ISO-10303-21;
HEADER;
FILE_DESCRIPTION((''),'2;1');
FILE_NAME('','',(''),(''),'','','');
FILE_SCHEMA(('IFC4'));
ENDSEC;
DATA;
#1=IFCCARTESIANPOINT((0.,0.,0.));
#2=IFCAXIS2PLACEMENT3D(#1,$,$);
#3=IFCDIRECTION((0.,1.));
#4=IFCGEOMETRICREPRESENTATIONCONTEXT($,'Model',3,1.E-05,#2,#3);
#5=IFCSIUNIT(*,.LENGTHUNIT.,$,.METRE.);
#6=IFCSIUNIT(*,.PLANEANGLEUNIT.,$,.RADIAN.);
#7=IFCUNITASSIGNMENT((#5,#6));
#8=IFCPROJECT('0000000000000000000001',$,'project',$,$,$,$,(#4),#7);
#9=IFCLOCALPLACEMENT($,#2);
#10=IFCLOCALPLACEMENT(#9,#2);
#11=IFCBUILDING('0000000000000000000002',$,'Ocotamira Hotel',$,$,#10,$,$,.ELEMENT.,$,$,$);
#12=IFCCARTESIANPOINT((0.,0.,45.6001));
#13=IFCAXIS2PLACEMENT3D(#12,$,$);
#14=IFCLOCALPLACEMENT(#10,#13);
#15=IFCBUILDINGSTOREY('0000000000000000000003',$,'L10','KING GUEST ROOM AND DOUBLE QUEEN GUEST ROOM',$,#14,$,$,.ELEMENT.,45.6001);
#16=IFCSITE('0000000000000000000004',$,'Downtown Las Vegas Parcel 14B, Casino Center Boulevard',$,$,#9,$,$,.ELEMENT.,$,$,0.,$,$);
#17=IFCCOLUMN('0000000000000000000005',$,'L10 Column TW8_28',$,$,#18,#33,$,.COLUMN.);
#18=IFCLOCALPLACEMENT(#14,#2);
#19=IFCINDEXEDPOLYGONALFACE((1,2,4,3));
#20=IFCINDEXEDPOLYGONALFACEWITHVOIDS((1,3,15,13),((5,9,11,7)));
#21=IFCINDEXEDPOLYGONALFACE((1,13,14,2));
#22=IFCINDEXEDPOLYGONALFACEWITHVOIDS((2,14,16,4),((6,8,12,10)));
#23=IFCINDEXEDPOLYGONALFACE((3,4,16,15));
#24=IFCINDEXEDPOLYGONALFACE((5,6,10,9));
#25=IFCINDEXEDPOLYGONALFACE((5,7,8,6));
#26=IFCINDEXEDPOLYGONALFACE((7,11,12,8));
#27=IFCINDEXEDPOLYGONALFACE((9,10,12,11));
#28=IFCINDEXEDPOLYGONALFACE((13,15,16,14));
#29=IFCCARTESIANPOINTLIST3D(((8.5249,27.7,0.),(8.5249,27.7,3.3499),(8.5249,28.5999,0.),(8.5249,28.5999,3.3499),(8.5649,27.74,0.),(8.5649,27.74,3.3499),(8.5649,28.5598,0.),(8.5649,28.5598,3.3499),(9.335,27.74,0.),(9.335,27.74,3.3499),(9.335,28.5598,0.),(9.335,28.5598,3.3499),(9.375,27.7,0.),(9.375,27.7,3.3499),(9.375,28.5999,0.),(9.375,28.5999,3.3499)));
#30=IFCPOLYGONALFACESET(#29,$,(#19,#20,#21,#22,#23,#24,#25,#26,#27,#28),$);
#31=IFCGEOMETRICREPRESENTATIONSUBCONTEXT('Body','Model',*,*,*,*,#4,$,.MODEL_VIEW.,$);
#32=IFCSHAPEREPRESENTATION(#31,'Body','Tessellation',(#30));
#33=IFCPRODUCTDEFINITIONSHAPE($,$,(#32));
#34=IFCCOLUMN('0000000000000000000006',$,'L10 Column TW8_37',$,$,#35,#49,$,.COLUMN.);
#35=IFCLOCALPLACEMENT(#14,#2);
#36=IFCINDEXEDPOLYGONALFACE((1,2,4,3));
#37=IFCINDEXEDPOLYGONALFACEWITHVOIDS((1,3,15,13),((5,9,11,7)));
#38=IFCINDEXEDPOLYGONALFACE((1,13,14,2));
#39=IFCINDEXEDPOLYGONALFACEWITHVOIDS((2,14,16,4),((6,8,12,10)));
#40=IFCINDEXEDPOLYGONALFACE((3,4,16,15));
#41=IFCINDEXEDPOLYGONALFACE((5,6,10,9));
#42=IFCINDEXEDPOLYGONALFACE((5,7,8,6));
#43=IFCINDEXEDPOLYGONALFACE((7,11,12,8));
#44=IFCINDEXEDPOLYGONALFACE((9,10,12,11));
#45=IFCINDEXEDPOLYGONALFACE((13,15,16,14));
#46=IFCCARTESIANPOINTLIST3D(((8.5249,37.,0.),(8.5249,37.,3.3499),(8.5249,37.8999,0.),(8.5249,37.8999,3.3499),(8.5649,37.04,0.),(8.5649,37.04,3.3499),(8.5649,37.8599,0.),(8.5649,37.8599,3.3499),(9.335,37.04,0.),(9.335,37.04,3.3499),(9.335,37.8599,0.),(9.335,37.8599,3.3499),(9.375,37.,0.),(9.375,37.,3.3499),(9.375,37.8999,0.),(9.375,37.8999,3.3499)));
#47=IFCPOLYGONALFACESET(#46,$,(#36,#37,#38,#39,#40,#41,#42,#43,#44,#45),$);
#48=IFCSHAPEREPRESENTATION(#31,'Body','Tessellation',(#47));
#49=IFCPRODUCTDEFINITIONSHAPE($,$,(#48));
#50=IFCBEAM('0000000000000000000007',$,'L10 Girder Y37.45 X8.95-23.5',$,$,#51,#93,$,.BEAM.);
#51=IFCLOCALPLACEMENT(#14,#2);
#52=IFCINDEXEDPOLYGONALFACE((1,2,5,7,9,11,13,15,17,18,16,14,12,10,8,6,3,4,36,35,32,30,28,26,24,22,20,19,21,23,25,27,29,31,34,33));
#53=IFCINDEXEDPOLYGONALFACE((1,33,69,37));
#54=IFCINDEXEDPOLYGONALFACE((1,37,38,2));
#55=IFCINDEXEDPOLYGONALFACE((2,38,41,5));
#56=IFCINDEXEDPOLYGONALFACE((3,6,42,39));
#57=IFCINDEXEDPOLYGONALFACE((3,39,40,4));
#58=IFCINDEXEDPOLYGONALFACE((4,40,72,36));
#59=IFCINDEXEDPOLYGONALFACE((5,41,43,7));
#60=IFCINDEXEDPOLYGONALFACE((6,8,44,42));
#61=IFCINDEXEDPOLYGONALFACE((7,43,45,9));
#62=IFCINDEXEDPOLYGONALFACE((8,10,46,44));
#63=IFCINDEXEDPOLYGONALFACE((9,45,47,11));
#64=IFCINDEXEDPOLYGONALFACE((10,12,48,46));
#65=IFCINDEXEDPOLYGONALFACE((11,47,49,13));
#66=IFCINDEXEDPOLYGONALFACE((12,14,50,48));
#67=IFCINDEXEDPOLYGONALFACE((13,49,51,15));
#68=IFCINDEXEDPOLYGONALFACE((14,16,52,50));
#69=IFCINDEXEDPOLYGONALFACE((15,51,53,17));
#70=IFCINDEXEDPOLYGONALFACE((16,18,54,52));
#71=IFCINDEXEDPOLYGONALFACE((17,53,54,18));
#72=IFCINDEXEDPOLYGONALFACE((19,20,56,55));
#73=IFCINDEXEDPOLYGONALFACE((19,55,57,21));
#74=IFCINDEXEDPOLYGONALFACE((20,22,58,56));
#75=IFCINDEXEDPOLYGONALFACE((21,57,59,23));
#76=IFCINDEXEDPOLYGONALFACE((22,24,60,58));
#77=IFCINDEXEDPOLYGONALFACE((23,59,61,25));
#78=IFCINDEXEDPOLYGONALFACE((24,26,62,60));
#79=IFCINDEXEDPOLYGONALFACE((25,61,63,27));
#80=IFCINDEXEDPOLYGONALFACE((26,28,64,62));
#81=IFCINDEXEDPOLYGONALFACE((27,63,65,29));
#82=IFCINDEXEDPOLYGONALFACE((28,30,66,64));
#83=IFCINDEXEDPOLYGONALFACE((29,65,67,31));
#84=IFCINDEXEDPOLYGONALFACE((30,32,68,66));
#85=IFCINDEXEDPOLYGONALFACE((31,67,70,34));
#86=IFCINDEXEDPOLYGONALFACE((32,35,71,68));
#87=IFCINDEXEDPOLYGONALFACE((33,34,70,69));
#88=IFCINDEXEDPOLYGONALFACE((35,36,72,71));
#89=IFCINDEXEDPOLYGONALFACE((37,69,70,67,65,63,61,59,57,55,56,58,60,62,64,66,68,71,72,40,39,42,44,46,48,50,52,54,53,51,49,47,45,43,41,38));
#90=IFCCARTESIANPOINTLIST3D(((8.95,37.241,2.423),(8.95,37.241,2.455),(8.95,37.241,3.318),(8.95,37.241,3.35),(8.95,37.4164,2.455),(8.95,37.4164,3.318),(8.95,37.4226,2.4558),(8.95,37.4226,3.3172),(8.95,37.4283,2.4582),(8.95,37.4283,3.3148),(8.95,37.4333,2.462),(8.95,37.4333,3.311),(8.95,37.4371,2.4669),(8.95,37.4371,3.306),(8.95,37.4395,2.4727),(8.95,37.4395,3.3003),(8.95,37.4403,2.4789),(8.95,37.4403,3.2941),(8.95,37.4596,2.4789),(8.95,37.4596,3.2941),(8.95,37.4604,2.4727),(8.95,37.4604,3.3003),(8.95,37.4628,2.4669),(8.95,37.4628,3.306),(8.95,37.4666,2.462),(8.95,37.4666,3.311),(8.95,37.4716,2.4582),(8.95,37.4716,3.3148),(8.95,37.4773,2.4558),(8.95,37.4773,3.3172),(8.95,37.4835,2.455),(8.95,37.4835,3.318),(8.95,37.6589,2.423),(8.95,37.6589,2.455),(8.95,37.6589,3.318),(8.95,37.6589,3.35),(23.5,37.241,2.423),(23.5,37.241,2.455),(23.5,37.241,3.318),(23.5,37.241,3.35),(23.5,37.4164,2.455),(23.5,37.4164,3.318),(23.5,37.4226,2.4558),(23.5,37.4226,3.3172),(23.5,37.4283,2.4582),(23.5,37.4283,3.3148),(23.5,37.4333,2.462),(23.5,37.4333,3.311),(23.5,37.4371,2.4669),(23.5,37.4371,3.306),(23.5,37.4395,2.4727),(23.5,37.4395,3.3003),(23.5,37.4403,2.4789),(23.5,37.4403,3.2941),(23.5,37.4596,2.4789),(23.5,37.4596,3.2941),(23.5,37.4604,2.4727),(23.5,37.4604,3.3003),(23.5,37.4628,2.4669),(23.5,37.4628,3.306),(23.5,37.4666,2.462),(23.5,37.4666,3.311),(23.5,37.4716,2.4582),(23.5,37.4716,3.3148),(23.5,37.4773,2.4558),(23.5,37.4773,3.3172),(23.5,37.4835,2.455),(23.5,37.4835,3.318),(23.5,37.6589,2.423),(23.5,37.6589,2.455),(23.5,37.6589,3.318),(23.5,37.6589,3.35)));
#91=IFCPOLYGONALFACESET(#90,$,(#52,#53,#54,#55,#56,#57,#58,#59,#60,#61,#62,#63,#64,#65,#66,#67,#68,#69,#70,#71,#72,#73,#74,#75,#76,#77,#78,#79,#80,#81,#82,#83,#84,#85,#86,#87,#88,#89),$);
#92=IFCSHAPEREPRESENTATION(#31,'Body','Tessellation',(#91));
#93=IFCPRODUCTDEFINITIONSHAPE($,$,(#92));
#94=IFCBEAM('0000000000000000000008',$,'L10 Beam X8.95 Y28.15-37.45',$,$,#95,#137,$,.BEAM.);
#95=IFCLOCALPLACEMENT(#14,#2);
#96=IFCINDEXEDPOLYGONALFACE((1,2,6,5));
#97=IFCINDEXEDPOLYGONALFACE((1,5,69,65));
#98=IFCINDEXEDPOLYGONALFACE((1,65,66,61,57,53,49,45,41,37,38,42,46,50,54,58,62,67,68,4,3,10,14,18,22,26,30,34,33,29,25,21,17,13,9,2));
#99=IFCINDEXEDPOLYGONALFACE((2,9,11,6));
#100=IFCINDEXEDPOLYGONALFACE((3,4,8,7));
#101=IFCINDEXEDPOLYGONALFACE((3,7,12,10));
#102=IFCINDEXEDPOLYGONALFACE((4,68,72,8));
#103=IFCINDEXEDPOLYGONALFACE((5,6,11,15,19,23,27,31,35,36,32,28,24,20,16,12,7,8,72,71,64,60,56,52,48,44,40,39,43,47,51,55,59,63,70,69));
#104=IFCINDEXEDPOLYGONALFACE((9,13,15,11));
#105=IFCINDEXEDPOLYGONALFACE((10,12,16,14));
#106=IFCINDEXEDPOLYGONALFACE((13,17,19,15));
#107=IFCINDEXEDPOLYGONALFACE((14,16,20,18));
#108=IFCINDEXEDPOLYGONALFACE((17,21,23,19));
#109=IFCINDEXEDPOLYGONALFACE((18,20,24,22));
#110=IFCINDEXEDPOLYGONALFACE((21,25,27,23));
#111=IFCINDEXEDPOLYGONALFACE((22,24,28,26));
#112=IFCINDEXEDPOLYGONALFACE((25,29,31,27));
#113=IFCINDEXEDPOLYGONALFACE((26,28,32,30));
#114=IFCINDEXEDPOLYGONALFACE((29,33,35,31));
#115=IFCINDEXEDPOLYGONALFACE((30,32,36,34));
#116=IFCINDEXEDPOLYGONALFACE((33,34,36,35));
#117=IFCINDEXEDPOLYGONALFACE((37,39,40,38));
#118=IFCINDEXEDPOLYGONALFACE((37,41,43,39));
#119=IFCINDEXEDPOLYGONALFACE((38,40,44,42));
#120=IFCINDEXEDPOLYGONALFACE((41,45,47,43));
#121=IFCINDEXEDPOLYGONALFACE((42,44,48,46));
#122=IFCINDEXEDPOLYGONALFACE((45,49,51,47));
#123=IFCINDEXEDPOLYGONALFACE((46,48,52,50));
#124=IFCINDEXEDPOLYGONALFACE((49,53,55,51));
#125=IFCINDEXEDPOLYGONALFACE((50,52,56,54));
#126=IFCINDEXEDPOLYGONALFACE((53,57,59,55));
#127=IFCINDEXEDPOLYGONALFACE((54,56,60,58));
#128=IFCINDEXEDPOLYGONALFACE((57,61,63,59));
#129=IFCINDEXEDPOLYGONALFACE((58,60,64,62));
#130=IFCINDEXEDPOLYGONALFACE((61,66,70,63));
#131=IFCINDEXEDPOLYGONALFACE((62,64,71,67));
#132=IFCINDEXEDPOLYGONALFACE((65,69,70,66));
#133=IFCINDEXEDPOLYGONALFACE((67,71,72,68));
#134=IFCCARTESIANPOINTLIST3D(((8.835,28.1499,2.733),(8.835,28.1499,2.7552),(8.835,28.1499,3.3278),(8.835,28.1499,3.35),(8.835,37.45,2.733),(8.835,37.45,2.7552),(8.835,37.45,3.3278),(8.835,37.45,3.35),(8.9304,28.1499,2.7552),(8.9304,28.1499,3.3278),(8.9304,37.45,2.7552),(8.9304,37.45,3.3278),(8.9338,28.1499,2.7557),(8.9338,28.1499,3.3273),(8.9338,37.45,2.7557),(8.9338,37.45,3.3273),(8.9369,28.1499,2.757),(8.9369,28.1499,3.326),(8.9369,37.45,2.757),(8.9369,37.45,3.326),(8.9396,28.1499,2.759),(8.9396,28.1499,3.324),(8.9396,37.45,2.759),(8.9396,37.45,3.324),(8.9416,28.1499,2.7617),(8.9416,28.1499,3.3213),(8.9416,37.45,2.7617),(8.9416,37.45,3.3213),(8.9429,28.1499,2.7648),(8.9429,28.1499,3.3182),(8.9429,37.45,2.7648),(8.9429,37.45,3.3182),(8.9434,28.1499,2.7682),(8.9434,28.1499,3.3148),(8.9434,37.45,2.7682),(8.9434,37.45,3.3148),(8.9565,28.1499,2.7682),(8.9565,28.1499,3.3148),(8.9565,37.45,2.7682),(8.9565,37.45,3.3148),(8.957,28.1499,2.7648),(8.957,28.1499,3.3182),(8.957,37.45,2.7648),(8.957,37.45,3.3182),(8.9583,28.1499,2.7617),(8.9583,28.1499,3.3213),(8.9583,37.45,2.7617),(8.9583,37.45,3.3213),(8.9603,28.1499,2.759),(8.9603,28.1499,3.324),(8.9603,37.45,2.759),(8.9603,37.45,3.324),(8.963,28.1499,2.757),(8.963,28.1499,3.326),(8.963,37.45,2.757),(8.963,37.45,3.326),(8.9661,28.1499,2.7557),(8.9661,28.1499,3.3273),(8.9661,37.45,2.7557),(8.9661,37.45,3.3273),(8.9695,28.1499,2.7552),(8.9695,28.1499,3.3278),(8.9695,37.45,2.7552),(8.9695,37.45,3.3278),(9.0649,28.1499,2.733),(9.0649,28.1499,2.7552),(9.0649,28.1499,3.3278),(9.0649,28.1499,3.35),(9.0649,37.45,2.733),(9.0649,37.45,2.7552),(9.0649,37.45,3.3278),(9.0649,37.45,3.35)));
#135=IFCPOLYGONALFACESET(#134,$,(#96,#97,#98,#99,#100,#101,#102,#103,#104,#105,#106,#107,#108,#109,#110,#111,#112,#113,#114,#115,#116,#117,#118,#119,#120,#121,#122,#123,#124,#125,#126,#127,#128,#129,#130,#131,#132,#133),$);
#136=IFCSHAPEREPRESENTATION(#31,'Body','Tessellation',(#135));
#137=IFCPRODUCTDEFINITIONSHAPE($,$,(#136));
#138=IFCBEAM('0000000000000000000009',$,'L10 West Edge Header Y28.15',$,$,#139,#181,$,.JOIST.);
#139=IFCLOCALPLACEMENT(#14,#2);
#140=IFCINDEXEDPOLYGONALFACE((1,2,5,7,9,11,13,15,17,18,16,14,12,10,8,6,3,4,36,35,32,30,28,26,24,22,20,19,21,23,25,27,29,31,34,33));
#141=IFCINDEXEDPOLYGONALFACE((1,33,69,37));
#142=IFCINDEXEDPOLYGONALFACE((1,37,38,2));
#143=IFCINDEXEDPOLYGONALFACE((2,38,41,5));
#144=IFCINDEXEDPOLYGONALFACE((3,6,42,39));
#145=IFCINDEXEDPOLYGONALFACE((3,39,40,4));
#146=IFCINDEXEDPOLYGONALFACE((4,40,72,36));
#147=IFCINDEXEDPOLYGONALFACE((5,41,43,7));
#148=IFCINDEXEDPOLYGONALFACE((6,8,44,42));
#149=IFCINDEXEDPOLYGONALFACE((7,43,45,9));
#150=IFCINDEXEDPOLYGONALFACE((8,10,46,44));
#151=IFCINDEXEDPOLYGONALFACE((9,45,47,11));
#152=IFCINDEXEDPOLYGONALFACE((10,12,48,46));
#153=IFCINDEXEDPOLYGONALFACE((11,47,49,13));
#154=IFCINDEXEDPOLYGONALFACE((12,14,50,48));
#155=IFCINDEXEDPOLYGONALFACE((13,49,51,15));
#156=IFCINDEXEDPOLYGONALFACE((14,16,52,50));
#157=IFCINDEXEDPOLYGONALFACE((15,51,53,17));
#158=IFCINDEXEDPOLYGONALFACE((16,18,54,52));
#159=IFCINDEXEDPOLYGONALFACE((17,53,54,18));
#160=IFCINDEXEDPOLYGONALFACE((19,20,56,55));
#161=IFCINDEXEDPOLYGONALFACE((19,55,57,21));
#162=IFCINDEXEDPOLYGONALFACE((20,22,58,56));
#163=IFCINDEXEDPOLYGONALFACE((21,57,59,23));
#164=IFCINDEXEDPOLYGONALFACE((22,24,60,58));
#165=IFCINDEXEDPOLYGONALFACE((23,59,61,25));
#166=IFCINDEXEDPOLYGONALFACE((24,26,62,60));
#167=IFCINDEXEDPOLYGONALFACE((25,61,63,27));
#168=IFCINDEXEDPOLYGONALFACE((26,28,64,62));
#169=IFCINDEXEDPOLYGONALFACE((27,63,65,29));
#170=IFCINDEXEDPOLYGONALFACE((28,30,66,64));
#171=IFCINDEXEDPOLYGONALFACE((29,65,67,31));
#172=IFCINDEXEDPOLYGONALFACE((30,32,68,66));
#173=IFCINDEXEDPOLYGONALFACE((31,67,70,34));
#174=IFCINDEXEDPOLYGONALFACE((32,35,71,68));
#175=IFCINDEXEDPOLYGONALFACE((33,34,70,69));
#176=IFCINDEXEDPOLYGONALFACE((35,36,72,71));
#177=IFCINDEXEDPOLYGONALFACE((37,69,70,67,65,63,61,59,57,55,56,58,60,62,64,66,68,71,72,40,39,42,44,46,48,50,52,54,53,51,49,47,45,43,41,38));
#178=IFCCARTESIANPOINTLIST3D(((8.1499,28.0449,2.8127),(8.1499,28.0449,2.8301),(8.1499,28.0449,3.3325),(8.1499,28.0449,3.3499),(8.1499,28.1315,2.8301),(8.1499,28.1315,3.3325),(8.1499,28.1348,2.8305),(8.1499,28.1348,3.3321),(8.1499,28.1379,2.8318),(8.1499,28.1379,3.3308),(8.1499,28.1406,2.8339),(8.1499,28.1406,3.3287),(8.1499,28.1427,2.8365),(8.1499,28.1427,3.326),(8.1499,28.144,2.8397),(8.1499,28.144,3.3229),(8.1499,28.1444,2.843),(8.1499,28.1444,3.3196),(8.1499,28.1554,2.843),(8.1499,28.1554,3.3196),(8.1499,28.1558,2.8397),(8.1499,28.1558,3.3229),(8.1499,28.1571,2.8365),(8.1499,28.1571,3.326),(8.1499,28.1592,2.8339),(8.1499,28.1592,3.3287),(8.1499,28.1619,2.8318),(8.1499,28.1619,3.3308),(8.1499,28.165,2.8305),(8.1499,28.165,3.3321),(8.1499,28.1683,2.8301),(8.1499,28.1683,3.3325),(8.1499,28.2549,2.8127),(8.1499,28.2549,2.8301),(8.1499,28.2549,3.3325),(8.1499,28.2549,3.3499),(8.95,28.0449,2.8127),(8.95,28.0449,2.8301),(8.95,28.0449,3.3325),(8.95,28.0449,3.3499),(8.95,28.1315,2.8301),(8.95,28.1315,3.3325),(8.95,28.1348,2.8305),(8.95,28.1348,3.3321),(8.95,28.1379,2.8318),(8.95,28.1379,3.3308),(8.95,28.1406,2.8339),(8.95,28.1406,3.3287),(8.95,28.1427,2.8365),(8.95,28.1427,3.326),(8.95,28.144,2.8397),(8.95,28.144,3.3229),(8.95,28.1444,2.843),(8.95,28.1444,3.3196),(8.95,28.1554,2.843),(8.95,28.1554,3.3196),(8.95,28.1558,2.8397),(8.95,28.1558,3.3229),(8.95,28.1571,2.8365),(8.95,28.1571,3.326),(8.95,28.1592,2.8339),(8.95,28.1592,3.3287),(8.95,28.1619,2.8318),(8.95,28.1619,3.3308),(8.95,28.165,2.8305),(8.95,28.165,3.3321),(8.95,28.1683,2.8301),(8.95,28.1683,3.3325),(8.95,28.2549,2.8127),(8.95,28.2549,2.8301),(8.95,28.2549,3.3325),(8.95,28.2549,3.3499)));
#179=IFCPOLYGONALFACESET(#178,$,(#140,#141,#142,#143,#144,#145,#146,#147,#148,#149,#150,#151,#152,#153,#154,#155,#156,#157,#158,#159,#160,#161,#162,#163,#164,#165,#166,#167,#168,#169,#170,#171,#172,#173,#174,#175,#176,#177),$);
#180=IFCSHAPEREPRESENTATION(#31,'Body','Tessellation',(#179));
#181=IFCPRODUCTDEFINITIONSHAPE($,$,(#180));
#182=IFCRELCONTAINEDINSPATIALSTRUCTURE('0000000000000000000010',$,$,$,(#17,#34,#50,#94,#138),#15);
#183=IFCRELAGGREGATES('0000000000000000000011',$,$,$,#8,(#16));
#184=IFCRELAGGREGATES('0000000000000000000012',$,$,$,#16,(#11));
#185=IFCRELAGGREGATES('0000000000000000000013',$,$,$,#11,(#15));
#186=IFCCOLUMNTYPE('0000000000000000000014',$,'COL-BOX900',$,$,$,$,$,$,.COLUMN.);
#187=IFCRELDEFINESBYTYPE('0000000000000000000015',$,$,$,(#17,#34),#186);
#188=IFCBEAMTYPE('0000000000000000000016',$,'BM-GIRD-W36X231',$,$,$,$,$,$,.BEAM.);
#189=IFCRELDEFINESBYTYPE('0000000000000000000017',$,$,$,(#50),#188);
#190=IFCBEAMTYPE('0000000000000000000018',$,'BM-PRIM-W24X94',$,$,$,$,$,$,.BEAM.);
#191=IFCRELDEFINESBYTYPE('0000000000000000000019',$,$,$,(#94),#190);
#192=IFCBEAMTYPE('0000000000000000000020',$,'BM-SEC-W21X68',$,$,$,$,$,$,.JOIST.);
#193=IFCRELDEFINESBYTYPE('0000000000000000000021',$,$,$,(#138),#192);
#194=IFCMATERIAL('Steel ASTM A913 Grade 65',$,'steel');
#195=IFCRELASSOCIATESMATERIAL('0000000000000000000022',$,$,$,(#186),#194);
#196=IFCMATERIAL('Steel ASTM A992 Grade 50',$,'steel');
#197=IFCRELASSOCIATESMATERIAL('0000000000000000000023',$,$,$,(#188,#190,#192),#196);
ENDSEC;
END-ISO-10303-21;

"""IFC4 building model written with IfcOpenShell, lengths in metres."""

from ifc_helpers import new_model, si_unit, direction, frame, origin, origin_2d, place, context, subcontext, project, spatial, hollow_rectangle, i_section, extrude, source, transform, mapped, material, material_profile, profile_set, type_object, element, save


model = new_model("IFC4")

# Units and contexts
model_context = context("Model", 3, precision=1e-05, world=origin(), true_north=direction((0.0, 1.0)))
body_context = subcontext(model_context, "Body", "Model", "MODEL_VIEW")
ifc_project = project(units=[si_unit("LENGTHUNIT", "METRE"), si_unit("PLANEANGLEUNIT", "RADIAN")], contexts=[model_context])

# Site, building, storey
site_placement = place(None, origin())
site = spatial("IfcSite", under=ifc_project, at=site_placement, Name="Downtown Las Vegas Parcel 14B, Casino Center Boulevard", CompositionType="ELEMENT", RefElevation=0.0)
building_placement = place(site_placement, origin())
building = spatial("IfcBuilding", under=site, at=building_placement, Name="Ocotamira Hotel", CompositionType="ELEMENT")
storey_placement = place(building_placement, frame((0.0, 0.0, 45.6001)))
storey = spatial("IfcBuildingStorey", under=building, at=storey_placement, Name="L10", Description="KING GUEST ROOM AND DOUBLE QUEEN GUEST ROOM", CompositionType="ELEMENT", Elevation=45.6001)

# Columns
ifc_material_1 = material(Name="Steel ASTM A913 Grade 65", Category="steel")
ifc_material_profile_1 = material_profile(ifc_material_1, hollow_rectangle(XDim=0.8501, YDim=0.8999, WallThickness=0.04, at=origin_2d()), Name="BOX900X850X40")
ifc_profile_set_1 = profile_set([ifc_material_profile_1], Name="Steel ASTM A913 Grade 65")
column_type = type_object("IfcColumnType", Name="COL-BOX900", PredefinedType="COLUMN", material=ifc_profile_set_1)
shared_shape_1 = source(origin(), body_context, "Body", "SweptSolid", [
    extrude(hollow_rectangle(XDim=0.8501, YDim=0.8999, WallThickness=0.04, at=origin_2d()), origin(), (0.0, 0.0, 1.0), 3.3499),
])
for number, where, z_axis, x_axis, name in (
    (1, (8.95, 28.1499, 0.0), (0.0, 0.0, 1.0), (1.0, 0.0, 0.0), "L10 Column TW8_28"),
    (2, (8.95, 37.45, 0.0), (0.0, 0.0, 1.0), (1.0, 0.0, 0.0), "L10 Column TW8_37"),
):
    element("IfcColumn", number, at=place(storey_placement, frame(where, z_axis=z_axis, x_axis=x_axis)), inside=storey, type_object=column_type, Name=name, PredefinedType="COLUMN", context=body_context, shape_type="MappedRepresentation", body=[
        mapped(shared_shape_1, transform((0.0, 0.0, 0.0), scale=1.0)),
    ])

# Beams
ifc_material_2 = material(Name="Steel ASTM A992 Grade 50", Category="steel")
ifc_material_profile_2 = material_profile(ifc_material_2, i_section(OverallWidth=0.418, OverallDepth=0.927, WebThickness=0.0193, FlangeThickness=0.032, FilletRadius=0.0239, at=origin_2d()), Name="W36X231")
ifc_profile_set_2 = profile_set([ifc_material_profile_2], Name="Steel ASTM A992 Grade 50")
beam_type_1 = type_object("IfcBeamType", Name="BM-GIRD-W36X231", PredefinedType="BEAM", material=ifc_profile_set_2)
shared_shape_2 = source(origin(), body_context, "Body", "SweptSolid", [
    extrude(i_section(OverallWidth=0.418, OverallDepth=0.927, WebThickness=0.0193, FlangeThickness=0.032, FilletRadius=0.0239, at=origin_2d()), origin(), (0.0, 0.0, 1.0), 14.55),
])
beam_1_placement = place(storey_placement, frame((8.95, 37.45, 2.8865), z_axis=(1.0, 0.0, 0.0), x_axis=(0.0, 1.0, 0.0)))
element("IfcBeam", 3, at=beam_1_placement, inside=storey, type_object=beam_type_1, Name="L10 Girder Y37.45 X8.95-23.5", PredefinedType="BEAM", context=body_context, shape_type="MappedRepresentation", body=[
    mapped(shared_shape_2, transform((0.0, 0.0, 0.0), scale=1.0)),
])
ifc_material_profile_3 = material_profile(ifc_material_2, i_section(OverallWidth=0.23, OverallDepth=0.6169, WebThickness=0.0132, FlangeThickness=0.0222, FilletRadius=0.0129, at=origin_2d()), Name="W24X94")
ifc_profile_set_3 = profile_set([ifc_material_profile_3], Name="Steel ASTM A992 Grade 50")
beam_type_2 = type_object("IfcBeamType", Name="BM-PRIM-W24X94", PredefinedType="BEAM", material=ifc_profile_set_3)
shared_shape_3 = source(origin(), body_context, "Body", "SweptSolid", [
    extrude(i_section(OverallWidth=0.23, OverallDepth=0.6169, WebThickness=0.0132, FlangeThickness=0.0222, FilletRadius=0.0129, at=origin_2d()), origin(), (0.0, 0.0, 1.0), 9.3),
])
beam_2_placement = place(storey_placement, frame((8.95, 28.1499, 3.0415), z_axis=(0.0, 1.0, 0.0), x_axis=(-1.0, 0.0, 0.0)))
element("IfcBeam", 4, at=beam_2_placement, inside=storey, type_object=beam_type_2, Name="L10 Beam X8.95 Y28.15-37.45", PredefinedType="BEAM", context=body_context, shape_type="MappedRepresentation", body=[
    mapped(shared_shape_3, transform((0.0, 0.0, 0.0), scale=1.0)),
])
ifc_material_profile_4 = material_profile(ifc_material_2, i_section(OverallWidth=0.21, OverallDepth=0.5371, WebThickness=0.011, FlangeThickness=0.0173, FilletRadius=0.0129, at=origin_2d()), Name="W21X68")
ifc_profile_set_4 = profile_set([ifc_material_profile_4], Name="Steel ASTM A992 Grade 50")
beam_type_3 = type_object("IfcBeamType", Name="BM-SEC-W21X68", PredefinedType="JOIST", material=ifc_profile_set_4)
shared_shape_4 = source(origin(), body_context, "Body", "SweptSolid", [
    extrude(i_section(OverallWidth=0.21, OverallDepth=0.5371, WebThickness=0.011, FlangeThickness=0.0173, FilletRadius=0.0129, at=origin_2d()), origin(), (0.0, 0.0, 1.0), 0.8),
])
for number, where, z_axis, x_axis, name in (
    (5, (8.95, 28.1499, 3.0813), (-1.0, 0.0, 0.0), (0.0, -1.0, 0.0), "L10 West Edge Header Y28.15"),
):
    element("IfcBeam", number, at=place(storey_placement, frame(where, z_axis=z_axis, x_axis=x_axis)), inside=storey, type_object=beam_type_3, Name=name, PredefinedType="JOIST", context=body_context, shape_type="MappedRepresentation", body=[
        mapped(shared_shape_4, transform((0.0, 0.0, 0.0), scale=1.0)),
    ])

save(model, "model.ifc")
